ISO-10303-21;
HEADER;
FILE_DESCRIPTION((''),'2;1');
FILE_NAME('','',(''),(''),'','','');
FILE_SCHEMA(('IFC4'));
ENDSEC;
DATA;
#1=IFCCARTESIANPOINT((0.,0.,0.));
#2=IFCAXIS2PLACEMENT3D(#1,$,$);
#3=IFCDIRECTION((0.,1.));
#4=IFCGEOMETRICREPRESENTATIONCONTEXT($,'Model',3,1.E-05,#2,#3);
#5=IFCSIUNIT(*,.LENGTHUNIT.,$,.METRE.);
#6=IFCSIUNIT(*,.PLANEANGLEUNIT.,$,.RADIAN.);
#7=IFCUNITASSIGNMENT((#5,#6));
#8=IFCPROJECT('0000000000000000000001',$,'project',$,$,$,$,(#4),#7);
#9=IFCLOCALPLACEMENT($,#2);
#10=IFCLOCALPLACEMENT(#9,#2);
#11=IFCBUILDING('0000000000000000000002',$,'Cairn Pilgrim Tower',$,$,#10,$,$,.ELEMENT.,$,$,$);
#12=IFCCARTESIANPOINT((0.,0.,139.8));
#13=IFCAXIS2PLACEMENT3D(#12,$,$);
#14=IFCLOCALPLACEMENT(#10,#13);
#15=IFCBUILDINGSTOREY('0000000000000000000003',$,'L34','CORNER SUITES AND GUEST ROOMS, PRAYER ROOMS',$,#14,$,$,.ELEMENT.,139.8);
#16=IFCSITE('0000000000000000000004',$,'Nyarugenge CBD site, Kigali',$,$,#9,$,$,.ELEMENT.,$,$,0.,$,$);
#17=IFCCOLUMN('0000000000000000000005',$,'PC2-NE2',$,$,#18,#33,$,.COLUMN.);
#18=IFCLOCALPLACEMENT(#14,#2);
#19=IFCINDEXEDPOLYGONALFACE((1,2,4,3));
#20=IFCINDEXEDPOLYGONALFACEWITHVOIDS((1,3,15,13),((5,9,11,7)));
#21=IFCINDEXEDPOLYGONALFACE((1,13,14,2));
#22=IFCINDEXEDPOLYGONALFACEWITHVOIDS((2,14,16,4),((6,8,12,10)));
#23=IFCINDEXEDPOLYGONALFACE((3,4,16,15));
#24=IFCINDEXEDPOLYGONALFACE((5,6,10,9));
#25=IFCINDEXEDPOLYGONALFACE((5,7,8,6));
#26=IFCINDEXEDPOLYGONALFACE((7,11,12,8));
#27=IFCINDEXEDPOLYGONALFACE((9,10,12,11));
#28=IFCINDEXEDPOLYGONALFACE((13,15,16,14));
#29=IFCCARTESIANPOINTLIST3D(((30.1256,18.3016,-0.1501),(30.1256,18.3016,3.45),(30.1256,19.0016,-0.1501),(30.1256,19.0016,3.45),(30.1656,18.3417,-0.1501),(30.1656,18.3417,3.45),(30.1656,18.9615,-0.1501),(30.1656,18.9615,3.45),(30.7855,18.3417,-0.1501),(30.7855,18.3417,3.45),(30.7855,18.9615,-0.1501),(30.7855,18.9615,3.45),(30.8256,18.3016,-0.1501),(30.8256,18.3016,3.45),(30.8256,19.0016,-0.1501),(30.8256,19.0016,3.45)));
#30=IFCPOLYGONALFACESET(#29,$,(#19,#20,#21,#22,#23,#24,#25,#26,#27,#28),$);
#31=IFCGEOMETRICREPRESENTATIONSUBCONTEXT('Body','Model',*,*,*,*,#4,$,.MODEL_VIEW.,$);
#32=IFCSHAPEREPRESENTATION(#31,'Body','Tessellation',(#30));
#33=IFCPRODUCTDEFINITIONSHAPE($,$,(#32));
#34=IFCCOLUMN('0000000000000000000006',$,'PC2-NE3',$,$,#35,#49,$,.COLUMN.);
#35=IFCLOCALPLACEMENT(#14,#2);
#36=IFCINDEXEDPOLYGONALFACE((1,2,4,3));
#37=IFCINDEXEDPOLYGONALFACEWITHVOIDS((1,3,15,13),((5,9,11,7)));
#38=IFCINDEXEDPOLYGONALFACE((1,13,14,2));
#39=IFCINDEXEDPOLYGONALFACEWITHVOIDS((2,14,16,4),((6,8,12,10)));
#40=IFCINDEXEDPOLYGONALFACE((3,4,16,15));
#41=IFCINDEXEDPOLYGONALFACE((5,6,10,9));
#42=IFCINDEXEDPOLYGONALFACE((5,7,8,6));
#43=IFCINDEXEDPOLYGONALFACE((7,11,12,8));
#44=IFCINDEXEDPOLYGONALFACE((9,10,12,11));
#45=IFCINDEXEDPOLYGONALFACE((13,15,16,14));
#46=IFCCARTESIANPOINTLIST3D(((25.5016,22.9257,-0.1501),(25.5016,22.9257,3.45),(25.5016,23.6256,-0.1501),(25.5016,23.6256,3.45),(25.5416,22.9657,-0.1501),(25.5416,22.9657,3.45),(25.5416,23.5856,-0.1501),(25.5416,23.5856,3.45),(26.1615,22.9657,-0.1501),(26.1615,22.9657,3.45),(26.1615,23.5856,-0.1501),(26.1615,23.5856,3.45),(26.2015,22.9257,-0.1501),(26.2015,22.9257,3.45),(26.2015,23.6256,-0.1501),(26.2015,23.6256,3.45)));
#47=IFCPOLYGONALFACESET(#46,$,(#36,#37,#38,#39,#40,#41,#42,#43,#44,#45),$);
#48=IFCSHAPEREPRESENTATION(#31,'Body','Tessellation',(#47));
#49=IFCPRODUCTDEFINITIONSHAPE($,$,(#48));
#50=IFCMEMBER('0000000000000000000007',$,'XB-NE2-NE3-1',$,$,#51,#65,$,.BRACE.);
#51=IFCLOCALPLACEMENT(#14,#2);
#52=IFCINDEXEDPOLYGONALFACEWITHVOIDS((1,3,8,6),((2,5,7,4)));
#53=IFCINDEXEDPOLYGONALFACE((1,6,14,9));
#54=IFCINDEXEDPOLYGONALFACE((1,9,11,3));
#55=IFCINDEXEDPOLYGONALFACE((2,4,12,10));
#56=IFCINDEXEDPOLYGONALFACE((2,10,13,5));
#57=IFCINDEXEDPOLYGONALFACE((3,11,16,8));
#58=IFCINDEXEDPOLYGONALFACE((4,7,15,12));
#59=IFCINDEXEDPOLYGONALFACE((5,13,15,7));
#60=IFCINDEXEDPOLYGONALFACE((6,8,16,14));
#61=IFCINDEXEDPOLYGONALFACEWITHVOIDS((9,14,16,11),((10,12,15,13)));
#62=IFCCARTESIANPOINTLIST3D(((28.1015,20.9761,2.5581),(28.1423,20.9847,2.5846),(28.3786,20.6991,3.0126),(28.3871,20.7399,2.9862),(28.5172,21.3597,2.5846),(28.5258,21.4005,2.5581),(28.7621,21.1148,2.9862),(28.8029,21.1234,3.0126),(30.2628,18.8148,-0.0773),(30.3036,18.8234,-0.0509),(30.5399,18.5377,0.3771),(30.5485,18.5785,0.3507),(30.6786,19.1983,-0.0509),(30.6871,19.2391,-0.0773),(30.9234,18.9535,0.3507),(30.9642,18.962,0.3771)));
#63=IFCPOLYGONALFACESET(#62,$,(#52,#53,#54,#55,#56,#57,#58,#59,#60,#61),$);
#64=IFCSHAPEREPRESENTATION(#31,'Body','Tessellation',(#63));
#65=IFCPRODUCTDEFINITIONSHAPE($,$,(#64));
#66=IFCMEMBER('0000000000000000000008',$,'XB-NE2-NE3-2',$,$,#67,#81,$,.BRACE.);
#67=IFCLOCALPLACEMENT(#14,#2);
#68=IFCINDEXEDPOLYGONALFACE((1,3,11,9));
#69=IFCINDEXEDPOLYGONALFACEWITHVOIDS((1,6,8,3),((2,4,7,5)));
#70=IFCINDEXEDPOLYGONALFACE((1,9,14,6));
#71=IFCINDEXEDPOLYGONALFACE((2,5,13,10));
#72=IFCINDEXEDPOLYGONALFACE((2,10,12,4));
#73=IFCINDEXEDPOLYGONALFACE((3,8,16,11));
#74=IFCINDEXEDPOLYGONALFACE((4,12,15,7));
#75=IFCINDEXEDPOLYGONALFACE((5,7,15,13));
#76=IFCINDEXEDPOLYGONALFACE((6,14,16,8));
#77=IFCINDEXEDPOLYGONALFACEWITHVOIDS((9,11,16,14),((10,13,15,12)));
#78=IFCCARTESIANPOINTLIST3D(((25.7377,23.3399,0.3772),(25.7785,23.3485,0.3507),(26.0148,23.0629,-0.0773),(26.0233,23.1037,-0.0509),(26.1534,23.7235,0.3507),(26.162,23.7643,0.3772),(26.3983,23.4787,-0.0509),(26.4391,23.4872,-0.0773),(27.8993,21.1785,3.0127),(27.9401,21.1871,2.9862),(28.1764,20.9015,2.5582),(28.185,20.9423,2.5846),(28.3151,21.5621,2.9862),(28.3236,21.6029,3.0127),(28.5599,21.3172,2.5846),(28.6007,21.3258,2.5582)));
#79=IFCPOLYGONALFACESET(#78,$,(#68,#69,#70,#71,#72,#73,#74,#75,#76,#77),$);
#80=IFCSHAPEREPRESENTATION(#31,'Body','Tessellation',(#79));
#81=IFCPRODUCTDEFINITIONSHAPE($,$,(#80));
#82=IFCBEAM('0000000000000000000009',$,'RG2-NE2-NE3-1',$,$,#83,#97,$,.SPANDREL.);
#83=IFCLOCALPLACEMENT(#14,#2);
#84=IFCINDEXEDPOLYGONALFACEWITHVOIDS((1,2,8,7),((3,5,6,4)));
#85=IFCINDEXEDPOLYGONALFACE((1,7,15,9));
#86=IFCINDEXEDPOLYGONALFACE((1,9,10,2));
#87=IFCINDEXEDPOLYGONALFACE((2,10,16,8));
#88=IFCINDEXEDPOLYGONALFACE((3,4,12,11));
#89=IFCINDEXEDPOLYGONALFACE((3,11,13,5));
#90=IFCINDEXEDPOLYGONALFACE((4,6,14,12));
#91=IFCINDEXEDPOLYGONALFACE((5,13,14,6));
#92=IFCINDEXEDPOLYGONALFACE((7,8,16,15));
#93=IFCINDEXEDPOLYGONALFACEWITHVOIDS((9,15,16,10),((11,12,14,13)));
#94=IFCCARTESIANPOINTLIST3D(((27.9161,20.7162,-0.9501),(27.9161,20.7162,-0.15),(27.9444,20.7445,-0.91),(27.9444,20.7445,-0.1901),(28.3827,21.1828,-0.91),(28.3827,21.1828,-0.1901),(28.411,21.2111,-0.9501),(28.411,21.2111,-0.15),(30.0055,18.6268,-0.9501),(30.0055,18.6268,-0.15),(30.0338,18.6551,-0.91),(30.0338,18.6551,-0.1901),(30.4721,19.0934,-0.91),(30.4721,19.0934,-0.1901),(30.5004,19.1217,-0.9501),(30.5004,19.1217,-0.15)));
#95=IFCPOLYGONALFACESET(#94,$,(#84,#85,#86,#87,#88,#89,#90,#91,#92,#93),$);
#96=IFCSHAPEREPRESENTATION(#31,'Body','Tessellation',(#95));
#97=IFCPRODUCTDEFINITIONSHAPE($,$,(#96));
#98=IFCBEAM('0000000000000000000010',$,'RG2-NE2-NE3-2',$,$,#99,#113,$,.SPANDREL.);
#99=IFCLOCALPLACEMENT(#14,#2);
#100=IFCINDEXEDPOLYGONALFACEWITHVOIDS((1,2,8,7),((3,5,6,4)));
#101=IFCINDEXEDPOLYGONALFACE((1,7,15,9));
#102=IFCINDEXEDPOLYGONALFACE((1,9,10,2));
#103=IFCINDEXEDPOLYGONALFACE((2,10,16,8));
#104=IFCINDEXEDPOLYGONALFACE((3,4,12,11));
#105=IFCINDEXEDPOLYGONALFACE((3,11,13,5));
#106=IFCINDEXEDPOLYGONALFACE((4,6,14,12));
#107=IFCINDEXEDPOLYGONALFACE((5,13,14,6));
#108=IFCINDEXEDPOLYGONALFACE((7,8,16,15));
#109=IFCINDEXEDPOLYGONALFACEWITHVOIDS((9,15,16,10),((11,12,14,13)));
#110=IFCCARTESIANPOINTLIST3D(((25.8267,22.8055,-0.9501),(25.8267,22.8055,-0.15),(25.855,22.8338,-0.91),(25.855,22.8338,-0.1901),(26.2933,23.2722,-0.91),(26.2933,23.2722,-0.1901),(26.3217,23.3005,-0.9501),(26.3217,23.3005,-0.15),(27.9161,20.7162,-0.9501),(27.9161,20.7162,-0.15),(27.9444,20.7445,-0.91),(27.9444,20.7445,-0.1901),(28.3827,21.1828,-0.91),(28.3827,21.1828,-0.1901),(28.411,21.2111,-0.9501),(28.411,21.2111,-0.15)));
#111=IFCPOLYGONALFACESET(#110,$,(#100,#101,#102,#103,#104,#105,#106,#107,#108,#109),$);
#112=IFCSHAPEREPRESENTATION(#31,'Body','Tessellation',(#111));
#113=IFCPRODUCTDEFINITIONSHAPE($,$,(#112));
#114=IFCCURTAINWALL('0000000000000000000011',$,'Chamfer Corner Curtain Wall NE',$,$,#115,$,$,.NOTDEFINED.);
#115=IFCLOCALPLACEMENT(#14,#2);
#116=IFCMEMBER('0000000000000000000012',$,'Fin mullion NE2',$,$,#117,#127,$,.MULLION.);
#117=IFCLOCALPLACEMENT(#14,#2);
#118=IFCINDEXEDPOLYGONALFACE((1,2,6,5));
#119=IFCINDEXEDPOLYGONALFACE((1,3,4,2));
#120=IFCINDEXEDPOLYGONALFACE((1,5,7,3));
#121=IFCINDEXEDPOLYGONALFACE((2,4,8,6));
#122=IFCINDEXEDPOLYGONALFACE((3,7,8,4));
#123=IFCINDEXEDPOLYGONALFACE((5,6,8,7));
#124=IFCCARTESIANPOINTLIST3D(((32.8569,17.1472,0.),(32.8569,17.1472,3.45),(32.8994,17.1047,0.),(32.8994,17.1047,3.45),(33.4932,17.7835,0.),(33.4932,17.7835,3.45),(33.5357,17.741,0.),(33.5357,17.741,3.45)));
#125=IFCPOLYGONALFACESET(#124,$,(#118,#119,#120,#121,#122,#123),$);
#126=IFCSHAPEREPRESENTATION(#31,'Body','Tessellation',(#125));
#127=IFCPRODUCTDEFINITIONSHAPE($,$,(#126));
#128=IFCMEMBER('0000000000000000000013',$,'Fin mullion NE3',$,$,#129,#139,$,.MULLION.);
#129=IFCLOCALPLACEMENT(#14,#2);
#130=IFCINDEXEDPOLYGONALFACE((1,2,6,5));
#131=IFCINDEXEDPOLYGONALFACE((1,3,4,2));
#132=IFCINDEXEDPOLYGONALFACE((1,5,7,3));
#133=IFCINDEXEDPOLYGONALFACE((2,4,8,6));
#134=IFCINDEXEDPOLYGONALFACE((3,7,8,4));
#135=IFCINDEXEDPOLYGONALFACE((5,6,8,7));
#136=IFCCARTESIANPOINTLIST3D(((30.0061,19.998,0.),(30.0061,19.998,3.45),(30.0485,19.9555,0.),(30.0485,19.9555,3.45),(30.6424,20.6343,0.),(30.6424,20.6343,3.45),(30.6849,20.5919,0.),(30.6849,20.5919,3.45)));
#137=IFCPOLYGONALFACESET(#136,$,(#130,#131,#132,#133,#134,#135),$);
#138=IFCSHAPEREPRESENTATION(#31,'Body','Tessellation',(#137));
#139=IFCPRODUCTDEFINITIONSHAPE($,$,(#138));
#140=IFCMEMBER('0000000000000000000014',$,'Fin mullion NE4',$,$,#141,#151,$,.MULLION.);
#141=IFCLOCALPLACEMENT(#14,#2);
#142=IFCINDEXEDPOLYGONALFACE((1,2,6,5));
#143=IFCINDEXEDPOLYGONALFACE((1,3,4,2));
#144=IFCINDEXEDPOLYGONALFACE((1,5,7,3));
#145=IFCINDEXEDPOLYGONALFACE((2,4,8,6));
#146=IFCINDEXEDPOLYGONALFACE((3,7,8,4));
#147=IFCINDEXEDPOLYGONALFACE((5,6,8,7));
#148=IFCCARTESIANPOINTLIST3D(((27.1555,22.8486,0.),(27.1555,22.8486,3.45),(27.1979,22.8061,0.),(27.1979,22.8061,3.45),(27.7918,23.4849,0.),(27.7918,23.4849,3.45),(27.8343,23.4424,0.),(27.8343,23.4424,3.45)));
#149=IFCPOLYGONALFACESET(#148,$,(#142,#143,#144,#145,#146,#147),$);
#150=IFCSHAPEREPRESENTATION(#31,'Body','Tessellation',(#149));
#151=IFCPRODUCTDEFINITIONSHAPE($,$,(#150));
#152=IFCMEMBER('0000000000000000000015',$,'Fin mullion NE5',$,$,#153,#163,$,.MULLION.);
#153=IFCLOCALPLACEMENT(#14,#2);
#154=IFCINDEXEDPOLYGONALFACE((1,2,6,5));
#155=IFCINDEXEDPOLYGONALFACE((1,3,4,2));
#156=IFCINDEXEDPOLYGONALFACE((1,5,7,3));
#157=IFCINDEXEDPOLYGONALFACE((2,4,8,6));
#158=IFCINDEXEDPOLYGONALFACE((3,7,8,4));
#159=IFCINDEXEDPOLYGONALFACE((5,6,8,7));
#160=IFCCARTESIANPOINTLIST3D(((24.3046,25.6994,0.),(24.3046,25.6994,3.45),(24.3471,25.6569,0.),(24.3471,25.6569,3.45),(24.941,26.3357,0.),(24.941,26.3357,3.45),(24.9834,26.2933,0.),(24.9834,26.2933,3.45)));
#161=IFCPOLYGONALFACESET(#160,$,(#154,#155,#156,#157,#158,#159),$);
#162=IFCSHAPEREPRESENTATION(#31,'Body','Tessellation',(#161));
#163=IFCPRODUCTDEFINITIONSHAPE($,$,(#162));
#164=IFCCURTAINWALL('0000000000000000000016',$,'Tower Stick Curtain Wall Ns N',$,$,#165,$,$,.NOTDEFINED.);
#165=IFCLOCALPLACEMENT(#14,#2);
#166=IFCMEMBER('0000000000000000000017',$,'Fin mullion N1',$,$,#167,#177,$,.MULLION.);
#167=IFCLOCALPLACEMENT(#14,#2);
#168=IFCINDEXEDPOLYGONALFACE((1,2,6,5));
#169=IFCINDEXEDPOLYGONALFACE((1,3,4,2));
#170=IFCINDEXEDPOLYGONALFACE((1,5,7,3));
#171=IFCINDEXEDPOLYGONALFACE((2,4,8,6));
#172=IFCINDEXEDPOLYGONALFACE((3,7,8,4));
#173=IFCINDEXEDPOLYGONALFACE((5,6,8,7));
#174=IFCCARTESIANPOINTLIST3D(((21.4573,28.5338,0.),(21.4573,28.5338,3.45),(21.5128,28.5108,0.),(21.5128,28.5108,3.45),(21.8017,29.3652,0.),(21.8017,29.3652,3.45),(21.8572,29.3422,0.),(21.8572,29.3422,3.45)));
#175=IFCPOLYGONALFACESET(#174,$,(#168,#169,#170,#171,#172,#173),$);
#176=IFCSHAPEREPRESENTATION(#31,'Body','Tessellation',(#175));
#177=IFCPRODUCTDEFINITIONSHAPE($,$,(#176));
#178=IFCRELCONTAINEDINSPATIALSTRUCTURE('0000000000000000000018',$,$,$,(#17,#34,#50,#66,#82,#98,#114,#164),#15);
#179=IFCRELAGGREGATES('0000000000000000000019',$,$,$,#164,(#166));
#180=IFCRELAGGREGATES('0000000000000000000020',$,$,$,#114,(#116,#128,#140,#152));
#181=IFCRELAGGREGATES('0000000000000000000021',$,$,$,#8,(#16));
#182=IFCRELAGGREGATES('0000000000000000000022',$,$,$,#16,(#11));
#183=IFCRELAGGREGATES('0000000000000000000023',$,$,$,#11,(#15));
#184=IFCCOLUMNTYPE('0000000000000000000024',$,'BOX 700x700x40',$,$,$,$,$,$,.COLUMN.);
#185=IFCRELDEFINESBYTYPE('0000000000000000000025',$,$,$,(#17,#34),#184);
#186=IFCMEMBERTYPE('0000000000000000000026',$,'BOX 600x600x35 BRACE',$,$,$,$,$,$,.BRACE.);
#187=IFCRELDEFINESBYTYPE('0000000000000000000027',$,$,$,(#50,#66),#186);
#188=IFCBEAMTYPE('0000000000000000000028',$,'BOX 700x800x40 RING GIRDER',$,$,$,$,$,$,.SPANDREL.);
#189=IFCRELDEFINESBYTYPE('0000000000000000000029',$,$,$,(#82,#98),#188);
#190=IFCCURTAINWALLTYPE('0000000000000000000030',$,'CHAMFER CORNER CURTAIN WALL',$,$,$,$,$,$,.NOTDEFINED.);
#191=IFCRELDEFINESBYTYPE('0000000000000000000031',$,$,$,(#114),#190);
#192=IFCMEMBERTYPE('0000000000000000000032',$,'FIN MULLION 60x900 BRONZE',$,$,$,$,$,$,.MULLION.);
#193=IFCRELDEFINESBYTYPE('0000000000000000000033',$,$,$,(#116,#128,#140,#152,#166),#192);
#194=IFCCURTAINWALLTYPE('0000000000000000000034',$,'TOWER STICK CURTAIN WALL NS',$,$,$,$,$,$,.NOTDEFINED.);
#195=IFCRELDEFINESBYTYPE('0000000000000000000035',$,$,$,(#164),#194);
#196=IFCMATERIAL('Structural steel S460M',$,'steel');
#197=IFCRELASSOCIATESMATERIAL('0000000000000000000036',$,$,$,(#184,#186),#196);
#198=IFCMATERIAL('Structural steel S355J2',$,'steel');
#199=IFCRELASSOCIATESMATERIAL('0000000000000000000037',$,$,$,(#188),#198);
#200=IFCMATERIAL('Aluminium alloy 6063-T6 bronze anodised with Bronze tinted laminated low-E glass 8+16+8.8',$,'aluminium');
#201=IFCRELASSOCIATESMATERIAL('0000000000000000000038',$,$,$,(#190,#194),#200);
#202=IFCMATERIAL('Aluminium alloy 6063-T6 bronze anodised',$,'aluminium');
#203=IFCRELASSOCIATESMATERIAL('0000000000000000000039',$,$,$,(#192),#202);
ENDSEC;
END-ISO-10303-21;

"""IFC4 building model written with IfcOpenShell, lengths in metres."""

from ifc_helpers import new_model, si_unit, direction, frame, origin, origin_2d, place, context, subcontext, project, spatial, rectangle, hollow_rectangle, extrude, material, material_profile, profile_set, type_object, element, aggregate, save


model = new_model("IFC4")

# Units and contexts
model_context = context("Model", 3, precision=1e-05, world=origin(), true_north=direction((0.0, 1.0)))
body_context = subcontext(model_context, "Body", "Model", "MODEL_VIEW")
ifc_project = project(units=[si_unit("LENGTHUNIT", "METRE"), si_unit("PLANEANGLEUNIT", "RADIAN")], contexts=[model_context])

# Site, building, storey
site_placement = place(None, origin())
site = spatial("IfcSite", under=ifc_project, at=site_placement, Name="Nyarugenge CBD site, Kigali", CompositionType="ELEMENT", RefElevation=0.0)
building_placement = place(site_placement, origin())
building = spatial("IfcBuilding", under=site, at=building_placement, Name="Cairn Pilgrim Tower", CompositionType="ELEMENT")
storey_placement = place(building_placement, frame((0.0, 0.0, 139.8)))
storey = spatial("IfcBuildingStorey", under=building, at=storey_placement, Name="L34", Description="CORNER SUITES AND GUEST ROOMS, PRAYER ROOMS", CompositionType="ELEMENT", Elevation=139.8)

# Columns
ifc_material_1 = material(Name="Structural steel S460M", Category="steel")
ifc_material_profile_1 = material_profile(ifc_material_1, hollow_rectangle(XDim=0.7, YDim=0.7, WallThickness=0.04, at=origin_2d()), Name="BOX 700x700x40")
ifc_profile_set_1 = profile_set([ifc_material_profile_1], Name="Structural steel S460M")
column_type = type_object("IfcColumnType", Name="BOX 700x700x40", PredefinedType="COLUMN", material=ifc_profile_set_1)
for number, where, z_axis, x_axis, name in (
    (1, (30.4756, 18.6516, -0.1501), (0.0, 0.0, 1.0), (1.0, 0.0, 0.0), "PC2-NE2"),
    (2, (25.8516, 23.2756, -0.1501), (0.0, 0.0, 1.0), (1.0, 0.0, 0.0), "PC2-NE3"),
):
    element("IfcColumn", number, at=place(storey_placement, frame(where, z_axis=z_axis, x_axis=x_axis)), inside=storey, type_object=column_type, Name=name, PredefinedType="COLUMN", context=body_context, shape_type="SweptSolid", body=[
        extrude(hollow_rectangle(XDim=0.7, YDim=0.7, WallThickness=0.04, at=origin_2d()), origin(), (0.0, 0.0, 1.0), 3.6001),
    ])

# Members
ifc_material_profile_2 = material_profile(ifc_material_1, hollow_rectangle(XDim=0.6001, YDim=0.6001, WallThickness=0.0349, at=origin_2d()), Name="BOX 600x600x35")
ifc_profile_set_2 = profile_set([ifc_material_profile_2], Name="Structural steel S460M")
member_type_1 = type_object("IfcMemberType", Name="BOX 600x600x35 BRACE", PredefinedType="BRACE", material=ifc_profile_set_2)
member_1_placement = place(storey_placement, frame((30.6135, 18.8884, 0.1499), z_axis=(-0.53553, 0.53553, 0.653004), x_axis=(-0.707107, -0.707107, 0.0)))
element("IfcMember", 3, at=member_1_placement, inside=storey, type_object=member_type_1, Name="XB-NE2-NE3-1", PredefinedType="BRACE", context=body_context, shape_type="SweptSolid", body=[
    extrude(hollow_rectangle(XDim=0.6001, YDim=0.6001, WallThickness=0.0349, at=origin_2d()), origin(), (0.0, 0.0, 1.0), 4.0359),
])
member_2_placement = place(storey_placement, frame((26.0884, 23.4136, 0.1499), z_axis=(0.535573, -0.535513, 0.652983), x_axis=(0.707067, 0.707147, 0.0)))
element("IfcMember", 4, at=member_2_placement, inside=storey, type_object=member_type_1, Name="XB-NE2-NE3-2", PredefinedType="BRACE", context=body_context, shape_type="SweptSolid", body=[
    extrude(hollow_rectangle(XDim=0.6001, YDim=0.6001, WallThickness=0.0349, at=origin_2d()), origin(), (0.0, 0.0, 1.0), 4.0361),
])

# Beams
ifc_material_2 = material(Name="Structural steel S355J2", Category="steel")
ifc_material_profile_3 = material_profile(ifc_material_2, hollow_rectangle(XDim=0.7, YDim=0.8, WallThickness=0.04, at=origin_2d()), Name="BOX 700x800x40")
ifc_profile_set_3 = profile_set([ifc_material_profile_3], Name="Structural steel S355J2")
beam_type_1 = type_object("IfcBeamType", Name="BOX 700x800x40 RING GIRDER", PredefinedType="SPANDREL", material=ifc_profile_set_3)
for number, where, z_axis, x_axis, name in (
    (5, (30.2529, 18.8743, -0.55), (-0.707107, 0.707107, 0.0), (-0.707107, -0.707107, 0.0), "RG2-NE2-NE3-1"),
    (6, (28.1636, 20.9636, -0.55), (-0.707107, 0.707107, 0.0), (-0.707107, -0.707107, 0.0), "RG2-NE2-NE3-2"),
):
    element("IfcBeam", number, at=place(storey_placement, frame(where, z_axis=z_axis, x_axis=x_axis)), inside=storey, type_object=beam_type_1, Name=name, PredefinedType="SPANDREL", context=body_context, shape_type="SweptSolid", body=[
        extrude(hollow_rectangle(XDim=0.7, YDim=0.8, WallThickness=0.04, at=origin_2d()), origin(), (0.0, 0.0, 1.0), 2.9548),
    ])

# Curtain wall, members
ifc_material_3 = material(Name="Aluminium alloy 6063-T6 bronze anodised with Bronze tinted laminated low-E glass 8+16+8.8", Category="aluminium")
curtain_wall_type_1 = type_object("IfcCurtainWallType", Name="CHAMFER CORNER CURTAIN WALL", PredefinedType="NOTDEFINED", material=ifc_material_3)
curtain_wall_1_placement = place(storey_placement, origin())
curtain_wall_1 = element("IfcCurtainWall", 7, at=curtain_wall_1_placement, inside=storey, type_object=curtain_wall_type_1, Name="Chamfer Corner Curtain Wall NE", PredefinedType="NOTDEFINED")
ifc_material_4 = material(Name="Aluminium alloy 6063-T6 bronze anodised", Category="aluminium")
ifc_material_profile_4 = material_profile(ifc_material_4, rectangle(XDim=0.8999, YDim=0.0601, at=origin_2d()), Name="FIN MULLION 60x900 BRONZE")
ifc_profile_set_4 = profile_set([ifc_material_profile_4], Name="Aluminium alloy 6063-T6 bronze anodised")
member_type_2 = type_object("IfcMemberType", Name="FIN MULLION 60x900 BRONZE", PredefinedType="MULLION", material=ifc_profile_set_4)
member_3_placement = place(storey_placement, frame((33.1963, 17.4441, 0.0), z_axis=(0.0, 0.0, 1.0), x_axis=(0.707107, 0.707107, 0.0)))
member_3 = element("IfcMember", 8, at=member_3_placement, type_object=member_type_2, Name="Fin mullion NE2", PredefinedType="MULLION", context=body_context, shape_type="SweptSolid", body=[
    extrude(rectangle(XDim=0.8999, YDim=0.0601, at=origin_2d()), origin(), (0.0, 0.0, 1.0), 3.45),
])
member_4_placement = place(storey_placement, frame((30.3455, 20.2949, 0.0), z_axis=(0.0, 0.0, 1.0), x_axis=(0.707107, 0.707107, 0.0)))
member_4 = element("IfcMember", 9, at=member_4_placement, type_object=member_type_2, Name="Fin mullion NE3", PredefinedType="MULLION", context=body_context, shape_type="SweptSolid", body=[
    extrude(rectangle(XDim=0.8999, YDim=0.0601, at=origin_2d()), origin(), (0.0, 0.0, 1.0), 3.45),
])
member_5_placement = place(storey_placement, frame((27.4949, 23.1455, 0.0), z_axis=(0.0, 0.0, 1.0), x_axis=(0.707107, 0.707107, 0.0)))
member_5 = element("IfcMember", 10, at=member_5_placement, type_object=member_type_2, Name="Fin mullion NE4", PredefinedType="MULLION", context=body_context, shape_type="SweptSolid", body=[
    extrude(rectangle(XDim=0.8999, YDim=0.0601, at=origin_2d()), origin(), (0.0, 0.0, 1.0), 3.45),
])
member_6_placement = place(storey_placement, frame((24.644, 25.9963, 0.0), z_axis=(0.0, 0.0, 1.0), x_axis=(0.707107, 0.707107, 0.0)))
member_6 = element("IfcMember", 11, at=member_6_placement, type_object=member_type_2, Name="Fin mullion NE5", PredefinedType="MULLION", context=body_context, shape_type="SweptSolid", body=[
    extrude(rectangle(XDim=0.8999, YDim=0.0601, at=origin_2d()), origin(), (0.0, 0.0, 1.0), 3.45),
])

# Curtain wall, member
curtain_wall_type_2 = type_object("IfcCurtainWallType", Name="TOWER STICK CURTAIN WALL NS", PredefinedType="NOTDEFINED", material=ifc_material_3)
curtain_wall_2_placement = place(storey_placement, origin())
curtain_wall_2 = element("IfcCurtainWall", 12, at=curtain_wall_2_placement, inside=storey, type_object=curtain_wall_type_2, Name="Tower Stick Curtain Wall Ns N", PredefinedType="NOTDEFINED")
member_7_placement = place(storey_placement, frame((21.6572, 28.938, 0.0), z_axis=(0.0, 0.0, 1.0), x_axis=(0.382683, 0.92388, 0.0)))
member_7 = element("IfcMember", 13, at=member_7_placement, type_object=member_type_2, Name="Fin mullion N1", PredefinedType="MULLION", context=body_context, shape_type="SweptSolid", body=[
    extrude(rectangle(XDim=0.8999, YDim=0.0601, at=origin_2d()), origin(), (0.0, 0.0, 1.0), 3.45),
])
aggregate(curtain_wall_2, [member_7])

aggregate(curtain_wall_1, [member_3, member_4, member_5, member_6])

save(model, "model.ifc")
